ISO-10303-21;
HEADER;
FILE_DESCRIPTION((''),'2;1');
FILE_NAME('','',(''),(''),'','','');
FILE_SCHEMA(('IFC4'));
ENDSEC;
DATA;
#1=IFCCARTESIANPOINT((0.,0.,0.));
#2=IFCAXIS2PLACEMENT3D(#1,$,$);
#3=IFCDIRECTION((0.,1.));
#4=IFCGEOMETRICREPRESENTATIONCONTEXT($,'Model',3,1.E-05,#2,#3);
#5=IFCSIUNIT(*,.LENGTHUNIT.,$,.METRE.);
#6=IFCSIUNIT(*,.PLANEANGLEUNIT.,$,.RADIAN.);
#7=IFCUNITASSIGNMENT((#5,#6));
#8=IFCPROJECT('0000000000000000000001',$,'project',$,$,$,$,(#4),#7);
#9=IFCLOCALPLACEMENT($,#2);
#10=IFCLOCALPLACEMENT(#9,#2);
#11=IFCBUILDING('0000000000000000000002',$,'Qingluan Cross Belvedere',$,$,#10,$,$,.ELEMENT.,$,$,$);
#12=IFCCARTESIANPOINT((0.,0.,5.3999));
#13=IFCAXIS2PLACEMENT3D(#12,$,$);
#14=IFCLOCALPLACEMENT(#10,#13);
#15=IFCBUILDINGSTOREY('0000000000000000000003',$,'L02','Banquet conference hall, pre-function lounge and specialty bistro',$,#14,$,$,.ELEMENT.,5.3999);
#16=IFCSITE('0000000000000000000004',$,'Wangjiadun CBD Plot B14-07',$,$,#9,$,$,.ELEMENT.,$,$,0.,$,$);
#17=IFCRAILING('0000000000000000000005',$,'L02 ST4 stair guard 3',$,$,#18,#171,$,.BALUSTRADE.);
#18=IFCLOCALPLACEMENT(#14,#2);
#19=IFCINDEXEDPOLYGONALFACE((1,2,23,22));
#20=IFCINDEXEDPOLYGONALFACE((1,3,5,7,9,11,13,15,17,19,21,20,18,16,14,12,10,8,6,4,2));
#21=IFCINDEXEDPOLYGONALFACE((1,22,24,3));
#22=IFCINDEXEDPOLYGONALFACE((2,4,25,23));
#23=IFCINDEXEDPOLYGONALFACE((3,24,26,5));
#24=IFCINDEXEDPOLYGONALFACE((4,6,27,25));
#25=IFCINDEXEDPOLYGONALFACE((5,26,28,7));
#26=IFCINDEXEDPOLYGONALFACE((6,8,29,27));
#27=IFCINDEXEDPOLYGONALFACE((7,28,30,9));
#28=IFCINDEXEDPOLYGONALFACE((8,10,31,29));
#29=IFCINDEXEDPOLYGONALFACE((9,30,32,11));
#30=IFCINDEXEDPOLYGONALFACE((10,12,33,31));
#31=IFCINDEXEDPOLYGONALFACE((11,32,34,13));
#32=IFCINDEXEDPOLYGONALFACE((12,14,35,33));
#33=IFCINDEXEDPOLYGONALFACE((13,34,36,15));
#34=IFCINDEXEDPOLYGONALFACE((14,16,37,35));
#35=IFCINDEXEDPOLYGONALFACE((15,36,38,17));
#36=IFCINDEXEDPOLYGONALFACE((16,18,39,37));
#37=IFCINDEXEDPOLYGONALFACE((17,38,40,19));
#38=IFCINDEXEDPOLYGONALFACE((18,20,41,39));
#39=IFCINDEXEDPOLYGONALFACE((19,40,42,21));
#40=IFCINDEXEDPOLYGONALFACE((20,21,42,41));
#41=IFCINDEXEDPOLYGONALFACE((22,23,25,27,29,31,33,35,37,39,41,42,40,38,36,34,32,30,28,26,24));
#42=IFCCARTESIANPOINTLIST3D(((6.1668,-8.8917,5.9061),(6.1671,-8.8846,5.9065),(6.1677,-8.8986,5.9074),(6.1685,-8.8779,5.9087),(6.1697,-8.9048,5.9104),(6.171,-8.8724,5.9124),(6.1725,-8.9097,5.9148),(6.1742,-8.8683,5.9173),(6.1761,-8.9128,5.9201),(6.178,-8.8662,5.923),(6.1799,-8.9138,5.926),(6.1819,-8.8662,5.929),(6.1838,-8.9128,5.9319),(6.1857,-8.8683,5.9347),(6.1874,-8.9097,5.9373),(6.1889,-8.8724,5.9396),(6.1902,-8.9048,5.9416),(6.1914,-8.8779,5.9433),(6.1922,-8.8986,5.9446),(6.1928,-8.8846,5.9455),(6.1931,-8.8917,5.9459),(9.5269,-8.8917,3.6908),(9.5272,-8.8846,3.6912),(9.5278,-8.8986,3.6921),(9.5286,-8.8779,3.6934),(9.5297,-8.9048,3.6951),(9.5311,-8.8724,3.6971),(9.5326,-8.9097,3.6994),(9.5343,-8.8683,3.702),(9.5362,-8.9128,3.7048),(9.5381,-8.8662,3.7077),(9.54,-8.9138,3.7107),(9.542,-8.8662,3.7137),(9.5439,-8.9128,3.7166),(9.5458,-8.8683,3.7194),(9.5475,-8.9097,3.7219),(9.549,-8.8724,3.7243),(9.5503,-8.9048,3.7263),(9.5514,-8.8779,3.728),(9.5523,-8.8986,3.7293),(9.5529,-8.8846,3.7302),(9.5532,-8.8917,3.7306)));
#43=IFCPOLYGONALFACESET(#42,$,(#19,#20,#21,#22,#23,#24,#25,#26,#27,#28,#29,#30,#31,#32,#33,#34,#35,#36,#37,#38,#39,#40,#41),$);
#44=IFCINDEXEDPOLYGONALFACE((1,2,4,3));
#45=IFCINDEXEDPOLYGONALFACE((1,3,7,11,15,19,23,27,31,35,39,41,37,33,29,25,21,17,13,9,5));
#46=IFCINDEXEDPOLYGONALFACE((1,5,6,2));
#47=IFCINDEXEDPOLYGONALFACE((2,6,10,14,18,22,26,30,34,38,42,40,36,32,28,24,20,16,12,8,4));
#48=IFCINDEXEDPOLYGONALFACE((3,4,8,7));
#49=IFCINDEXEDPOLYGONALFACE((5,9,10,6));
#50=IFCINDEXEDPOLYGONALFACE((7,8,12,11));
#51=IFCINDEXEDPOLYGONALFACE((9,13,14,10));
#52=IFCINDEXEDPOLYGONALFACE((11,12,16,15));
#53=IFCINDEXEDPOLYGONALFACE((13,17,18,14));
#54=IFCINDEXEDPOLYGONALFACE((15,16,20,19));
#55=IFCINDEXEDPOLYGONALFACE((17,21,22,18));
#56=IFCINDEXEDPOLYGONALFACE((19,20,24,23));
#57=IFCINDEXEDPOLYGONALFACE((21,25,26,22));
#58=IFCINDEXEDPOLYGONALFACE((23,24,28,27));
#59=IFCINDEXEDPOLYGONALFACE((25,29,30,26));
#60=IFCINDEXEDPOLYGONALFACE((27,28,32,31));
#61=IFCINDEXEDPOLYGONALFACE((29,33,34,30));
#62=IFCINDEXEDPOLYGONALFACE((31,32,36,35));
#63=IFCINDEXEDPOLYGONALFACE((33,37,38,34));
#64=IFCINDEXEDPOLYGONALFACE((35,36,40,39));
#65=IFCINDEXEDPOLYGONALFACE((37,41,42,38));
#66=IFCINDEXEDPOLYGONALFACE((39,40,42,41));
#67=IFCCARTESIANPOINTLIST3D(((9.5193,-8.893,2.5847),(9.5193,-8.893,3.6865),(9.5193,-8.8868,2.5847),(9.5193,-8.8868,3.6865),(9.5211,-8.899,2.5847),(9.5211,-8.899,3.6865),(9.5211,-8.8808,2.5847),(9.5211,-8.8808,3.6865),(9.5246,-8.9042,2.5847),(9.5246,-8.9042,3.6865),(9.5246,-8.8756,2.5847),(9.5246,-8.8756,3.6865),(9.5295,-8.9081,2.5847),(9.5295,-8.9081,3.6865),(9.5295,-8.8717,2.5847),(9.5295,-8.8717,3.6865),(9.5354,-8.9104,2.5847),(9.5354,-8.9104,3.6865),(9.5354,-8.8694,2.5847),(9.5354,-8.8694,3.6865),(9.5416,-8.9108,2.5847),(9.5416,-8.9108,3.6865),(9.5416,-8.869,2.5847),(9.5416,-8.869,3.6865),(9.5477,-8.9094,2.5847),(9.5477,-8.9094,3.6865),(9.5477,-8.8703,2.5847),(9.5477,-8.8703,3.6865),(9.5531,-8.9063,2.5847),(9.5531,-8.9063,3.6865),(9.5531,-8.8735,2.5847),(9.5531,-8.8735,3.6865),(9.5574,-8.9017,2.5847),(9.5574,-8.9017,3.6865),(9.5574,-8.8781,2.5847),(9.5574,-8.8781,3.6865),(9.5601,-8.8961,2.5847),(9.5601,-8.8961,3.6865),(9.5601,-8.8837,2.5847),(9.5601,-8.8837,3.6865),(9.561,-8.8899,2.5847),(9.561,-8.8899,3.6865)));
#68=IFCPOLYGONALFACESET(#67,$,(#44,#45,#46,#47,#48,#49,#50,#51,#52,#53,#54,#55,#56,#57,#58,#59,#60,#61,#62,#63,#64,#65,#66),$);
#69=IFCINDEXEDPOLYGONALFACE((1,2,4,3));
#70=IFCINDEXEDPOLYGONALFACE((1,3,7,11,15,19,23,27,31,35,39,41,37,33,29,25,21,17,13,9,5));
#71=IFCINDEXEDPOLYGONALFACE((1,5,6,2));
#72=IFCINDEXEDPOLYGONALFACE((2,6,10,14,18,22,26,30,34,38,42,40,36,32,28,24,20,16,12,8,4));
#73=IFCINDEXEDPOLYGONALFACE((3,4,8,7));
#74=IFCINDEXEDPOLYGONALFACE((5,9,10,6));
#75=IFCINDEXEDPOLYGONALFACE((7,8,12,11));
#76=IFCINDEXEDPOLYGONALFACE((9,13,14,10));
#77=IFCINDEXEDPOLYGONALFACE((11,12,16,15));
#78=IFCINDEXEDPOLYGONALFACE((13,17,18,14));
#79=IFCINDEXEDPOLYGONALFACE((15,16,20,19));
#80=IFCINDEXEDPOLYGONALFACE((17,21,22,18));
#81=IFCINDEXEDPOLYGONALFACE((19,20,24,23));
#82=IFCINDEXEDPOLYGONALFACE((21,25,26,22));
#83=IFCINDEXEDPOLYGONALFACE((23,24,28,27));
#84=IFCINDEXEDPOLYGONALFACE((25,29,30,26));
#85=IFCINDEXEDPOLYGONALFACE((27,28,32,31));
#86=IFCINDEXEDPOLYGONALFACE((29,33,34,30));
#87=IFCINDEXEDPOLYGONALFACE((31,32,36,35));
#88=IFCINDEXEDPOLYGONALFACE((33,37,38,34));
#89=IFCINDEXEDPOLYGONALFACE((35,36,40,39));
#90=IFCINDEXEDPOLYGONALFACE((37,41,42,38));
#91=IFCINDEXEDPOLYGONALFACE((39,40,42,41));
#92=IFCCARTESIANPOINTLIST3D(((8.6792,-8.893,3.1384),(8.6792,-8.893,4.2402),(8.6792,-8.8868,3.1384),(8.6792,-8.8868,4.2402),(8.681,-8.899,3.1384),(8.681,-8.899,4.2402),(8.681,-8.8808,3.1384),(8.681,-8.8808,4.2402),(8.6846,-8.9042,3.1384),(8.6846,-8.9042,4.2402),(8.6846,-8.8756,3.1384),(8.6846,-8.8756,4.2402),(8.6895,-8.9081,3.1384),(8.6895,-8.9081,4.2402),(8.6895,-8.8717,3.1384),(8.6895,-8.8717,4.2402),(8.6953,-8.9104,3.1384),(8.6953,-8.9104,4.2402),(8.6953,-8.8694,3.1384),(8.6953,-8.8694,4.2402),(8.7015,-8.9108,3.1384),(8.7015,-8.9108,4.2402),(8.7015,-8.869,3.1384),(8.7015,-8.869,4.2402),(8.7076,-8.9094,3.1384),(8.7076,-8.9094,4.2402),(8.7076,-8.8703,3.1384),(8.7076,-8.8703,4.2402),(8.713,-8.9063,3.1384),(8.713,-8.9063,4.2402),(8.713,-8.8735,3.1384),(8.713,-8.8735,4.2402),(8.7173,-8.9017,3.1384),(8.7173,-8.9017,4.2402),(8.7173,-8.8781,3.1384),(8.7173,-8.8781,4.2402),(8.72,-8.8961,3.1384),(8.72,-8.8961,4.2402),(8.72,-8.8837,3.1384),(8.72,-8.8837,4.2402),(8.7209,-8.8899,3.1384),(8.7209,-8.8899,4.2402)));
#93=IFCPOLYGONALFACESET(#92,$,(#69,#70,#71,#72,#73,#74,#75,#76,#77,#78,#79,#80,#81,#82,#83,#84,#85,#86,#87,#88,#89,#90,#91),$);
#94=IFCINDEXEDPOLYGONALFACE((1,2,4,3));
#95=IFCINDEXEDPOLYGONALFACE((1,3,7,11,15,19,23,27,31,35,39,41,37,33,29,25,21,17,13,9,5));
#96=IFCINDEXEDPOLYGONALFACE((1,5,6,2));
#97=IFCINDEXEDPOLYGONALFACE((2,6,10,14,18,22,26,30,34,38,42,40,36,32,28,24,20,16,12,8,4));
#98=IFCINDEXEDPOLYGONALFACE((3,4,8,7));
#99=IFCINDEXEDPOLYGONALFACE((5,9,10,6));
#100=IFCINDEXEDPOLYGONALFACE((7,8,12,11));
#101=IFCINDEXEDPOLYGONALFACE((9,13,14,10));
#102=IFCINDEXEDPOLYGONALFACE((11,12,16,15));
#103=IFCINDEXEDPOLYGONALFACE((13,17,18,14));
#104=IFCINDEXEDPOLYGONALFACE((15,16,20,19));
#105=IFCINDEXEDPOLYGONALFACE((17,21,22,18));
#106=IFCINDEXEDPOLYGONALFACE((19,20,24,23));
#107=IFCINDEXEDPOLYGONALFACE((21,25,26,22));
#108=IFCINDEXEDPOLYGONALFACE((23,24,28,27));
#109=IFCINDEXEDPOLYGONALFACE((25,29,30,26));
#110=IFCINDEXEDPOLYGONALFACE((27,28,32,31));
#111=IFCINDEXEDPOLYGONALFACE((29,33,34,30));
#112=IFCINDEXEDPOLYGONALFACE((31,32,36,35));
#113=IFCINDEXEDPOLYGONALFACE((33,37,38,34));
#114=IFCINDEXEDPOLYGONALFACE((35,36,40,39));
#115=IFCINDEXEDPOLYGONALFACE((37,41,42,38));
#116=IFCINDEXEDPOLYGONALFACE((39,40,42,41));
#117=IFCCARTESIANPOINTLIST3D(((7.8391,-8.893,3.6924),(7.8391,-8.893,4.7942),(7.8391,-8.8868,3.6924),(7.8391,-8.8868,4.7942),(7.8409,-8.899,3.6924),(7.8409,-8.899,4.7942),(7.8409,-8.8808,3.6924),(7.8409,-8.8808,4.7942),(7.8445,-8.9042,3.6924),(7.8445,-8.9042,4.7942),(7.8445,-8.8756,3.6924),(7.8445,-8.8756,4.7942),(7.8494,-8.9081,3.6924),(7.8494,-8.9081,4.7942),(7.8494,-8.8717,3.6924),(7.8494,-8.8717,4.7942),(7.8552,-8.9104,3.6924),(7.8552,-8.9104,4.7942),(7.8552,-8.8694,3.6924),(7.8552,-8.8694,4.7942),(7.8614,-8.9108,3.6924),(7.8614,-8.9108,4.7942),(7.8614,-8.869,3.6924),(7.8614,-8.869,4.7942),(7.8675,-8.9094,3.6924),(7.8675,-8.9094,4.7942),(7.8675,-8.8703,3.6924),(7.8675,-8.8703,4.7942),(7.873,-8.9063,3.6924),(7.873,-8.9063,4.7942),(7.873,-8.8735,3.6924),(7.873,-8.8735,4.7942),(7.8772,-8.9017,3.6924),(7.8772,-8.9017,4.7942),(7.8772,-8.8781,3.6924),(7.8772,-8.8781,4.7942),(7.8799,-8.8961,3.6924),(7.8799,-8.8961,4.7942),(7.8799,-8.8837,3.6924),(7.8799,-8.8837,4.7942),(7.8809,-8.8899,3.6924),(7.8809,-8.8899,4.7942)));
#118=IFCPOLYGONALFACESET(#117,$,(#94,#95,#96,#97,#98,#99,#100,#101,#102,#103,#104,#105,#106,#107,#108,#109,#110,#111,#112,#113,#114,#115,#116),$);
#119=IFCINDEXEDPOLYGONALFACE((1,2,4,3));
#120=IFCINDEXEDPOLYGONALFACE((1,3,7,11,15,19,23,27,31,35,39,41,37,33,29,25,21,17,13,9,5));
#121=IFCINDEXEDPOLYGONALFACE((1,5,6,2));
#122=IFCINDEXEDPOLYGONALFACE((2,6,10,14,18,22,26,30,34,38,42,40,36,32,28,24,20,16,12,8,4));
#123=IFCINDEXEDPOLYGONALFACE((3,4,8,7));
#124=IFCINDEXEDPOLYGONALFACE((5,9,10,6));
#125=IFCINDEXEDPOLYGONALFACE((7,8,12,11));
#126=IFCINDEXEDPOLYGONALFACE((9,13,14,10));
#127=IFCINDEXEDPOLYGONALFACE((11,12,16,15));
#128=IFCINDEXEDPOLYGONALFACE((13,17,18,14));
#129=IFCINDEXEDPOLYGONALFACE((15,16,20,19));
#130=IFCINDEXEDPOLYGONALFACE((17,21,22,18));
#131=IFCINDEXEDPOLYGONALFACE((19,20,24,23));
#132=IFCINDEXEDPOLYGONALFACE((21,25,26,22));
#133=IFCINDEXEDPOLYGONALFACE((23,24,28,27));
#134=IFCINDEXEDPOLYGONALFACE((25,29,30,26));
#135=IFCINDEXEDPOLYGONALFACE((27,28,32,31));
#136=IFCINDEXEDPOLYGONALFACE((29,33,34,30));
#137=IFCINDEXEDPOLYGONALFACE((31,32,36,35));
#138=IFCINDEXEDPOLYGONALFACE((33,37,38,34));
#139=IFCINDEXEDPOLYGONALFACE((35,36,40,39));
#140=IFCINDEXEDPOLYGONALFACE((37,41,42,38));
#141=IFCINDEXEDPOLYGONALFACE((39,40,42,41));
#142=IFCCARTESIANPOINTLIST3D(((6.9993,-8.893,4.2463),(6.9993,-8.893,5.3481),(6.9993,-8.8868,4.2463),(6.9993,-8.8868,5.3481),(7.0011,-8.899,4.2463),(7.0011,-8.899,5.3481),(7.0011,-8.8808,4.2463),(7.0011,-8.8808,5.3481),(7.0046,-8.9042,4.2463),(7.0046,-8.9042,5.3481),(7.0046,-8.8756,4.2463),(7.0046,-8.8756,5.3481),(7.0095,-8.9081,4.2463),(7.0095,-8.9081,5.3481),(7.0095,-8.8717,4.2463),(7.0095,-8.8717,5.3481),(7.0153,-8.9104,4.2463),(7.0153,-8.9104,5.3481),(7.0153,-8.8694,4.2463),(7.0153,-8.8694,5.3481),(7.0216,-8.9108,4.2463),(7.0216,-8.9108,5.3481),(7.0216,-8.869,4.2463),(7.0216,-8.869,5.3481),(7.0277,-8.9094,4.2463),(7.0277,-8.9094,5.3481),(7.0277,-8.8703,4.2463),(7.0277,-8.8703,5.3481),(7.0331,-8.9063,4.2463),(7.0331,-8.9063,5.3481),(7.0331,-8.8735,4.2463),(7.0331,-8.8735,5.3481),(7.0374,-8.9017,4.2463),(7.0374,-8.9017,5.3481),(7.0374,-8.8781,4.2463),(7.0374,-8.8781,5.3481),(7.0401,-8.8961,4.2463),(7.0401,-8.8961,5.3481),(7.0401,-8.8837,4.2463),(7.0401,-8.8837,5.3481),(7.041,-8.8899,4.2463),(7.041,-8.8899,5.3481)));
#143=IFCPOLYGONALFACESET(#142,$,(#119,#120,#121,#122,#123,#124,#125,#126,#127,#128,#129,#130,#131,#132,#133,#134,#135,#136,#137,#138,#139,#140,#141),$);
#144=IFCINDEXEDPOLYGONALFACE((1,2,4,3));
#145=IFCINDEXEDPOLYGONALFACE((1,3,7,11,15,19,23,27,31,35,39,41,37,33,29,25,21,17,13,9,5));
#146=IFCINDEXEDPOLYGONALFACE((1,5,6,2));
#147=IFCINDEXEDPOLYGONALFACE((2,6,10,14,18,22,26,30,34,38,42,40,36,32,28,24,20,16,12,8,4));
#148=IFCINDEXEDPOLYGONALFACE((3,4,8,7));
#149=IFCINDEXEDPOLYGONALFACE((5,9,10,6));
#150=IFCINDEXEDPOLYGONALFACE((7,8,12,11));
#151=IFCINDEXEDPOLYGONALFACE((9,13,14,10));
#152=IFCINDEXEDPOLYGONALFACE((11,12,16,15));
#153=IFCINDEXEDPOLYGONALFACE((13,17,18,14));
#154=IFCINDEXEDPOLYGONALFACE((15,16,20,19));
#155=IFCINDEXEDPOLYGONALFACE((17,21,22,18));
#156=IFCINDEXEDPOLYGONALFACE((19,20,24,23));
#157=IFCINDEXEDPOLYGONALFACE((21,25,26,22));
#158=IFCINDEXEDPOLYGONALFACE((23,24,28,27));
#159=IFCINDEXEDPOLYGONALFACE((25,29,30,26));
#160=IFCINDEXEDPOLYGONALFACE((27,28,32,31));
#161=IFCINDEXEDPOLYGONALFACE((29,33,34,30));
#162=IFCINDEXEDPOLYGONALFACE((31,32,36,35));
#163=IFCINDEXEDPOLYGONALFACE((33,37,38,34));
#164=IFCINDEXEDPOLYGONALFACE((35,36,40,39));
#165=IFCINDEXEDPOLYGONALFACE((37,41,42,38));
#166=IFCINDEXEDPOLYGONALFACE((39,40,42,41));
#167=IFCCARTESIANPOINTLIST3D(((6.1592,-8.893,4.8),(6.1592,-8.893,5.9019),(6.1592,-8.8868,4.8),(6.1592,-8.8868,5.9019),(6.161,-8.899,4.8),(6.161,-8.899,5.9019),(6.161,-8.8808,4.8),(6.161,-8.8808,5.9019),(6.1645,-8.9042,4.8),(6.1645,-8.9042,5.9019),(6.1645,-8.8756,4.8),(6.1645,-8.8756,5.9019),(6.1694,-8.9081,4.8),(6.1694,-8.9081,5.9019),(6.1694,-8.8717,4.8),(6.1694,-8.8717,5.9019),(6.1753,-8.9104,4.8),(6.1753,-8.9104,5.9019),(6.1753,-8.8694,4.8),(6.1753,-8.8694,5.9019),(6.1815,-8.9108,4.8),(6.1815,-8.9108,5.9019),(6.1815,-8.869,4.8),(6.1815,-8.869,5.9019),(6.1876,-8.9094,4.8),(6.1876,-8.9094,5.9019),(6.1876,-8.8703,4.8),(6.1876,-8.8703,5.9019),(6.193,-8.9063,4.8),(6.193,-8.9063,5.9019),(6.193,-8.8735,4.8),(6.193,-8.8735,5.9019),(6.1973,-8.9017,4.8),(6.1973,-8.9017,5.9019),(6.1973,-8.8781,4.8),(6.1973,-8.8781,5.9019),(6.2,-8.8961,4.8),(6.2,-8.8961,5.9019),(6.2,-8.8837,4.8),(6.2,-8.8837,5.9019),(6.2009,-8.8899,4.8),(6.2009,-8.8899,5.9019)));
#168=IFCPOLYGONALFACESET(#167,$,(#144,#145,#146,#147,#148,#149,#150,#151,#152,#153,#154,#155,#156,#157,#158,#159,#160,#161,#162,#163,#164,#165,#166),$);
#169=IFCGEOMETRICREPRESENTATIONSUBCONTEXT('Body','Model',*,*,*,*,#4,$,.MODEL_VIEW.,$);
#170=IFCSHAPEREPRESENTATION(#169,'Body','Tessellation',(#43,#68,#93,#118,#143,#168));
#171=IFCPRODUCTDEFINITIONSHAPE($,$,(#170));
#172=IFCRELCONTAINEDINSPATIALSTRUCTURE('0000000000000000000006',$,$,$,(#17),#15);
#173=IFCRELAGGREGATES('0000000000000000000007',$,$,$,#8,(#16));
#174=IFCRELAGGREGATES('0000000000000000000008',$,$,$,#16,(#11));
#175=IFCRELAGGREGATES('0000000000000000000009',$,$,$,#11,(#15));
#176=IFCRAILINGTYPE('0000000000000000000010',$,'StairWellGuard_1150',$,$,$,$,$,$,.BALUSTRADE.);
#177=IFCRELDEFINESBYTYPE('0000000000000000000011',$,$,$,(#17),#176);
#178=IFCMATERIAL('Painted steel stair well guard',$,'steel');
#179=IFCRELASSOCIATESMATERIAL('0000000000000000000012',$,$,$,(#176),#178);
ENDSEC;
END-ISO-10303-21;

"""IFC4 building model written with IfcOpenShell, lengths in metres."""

from ifc_helpers import new_model, si_unit, direction, frame, origin, origin_2d, place, context, subcontext, project, spatial, circle, extrude, material, type_object, element, save


model = new_model("IFC4")

# Units and contexts
model_context = context("Model", 3, precision=1e-05, world=origin(), true_north=direction((0.0, 1.0)))
body_context = subcontext(model_context, "Body", "Model", "MODEL_VIEW")
ifc_project = project(units=[si_unit("LENGTHUNIT", "METRE"), si_unit("PLANEANGLEUNIT", "RADIAN")], contexts=[model_context])

# Site, building, storey
site_placement = place(None, origin())
site = spatial("IfcSite", under=ifc_project, at=site_placement, Name="Wangjiadun CBD Plot B14-07", CompositionType="ELEMENT", RefElevation=0.0)
building_placement = place(site_placement, origin())
building = spatial("IfcBuilding", under=site, at=building_placement, Name="Qingluan Cross Belvedere", CompositionType="ELEMENT")
storey_placement = place(building_placement, frame((0.0, 0.0, 5.3999)))
storey = spatial("IfcBuildingStorey", under=building, at=storey_placement, Name="L02", Description="Banquet conference hall, pre-function lounge and specialty bistro", CompositionType="ELEMENT", Elevation=5.3999)

# Railing
ifc_material_1 = material(Name="Painted steel stair well guard", Category="steel")
railing_type_1 = type_object("IfcRailingType", Name="StairWellGuard_1150", PredefinedType="BALUSTRADE", material=ifc_material_1)
railing_1_placement = place(storey_placement, frame((9.54, -8.8899, 2.5847)))
element("IfcRailing", 1, at=railing_1_placement, inside=storey, type_object=railing_type_1, Name="L02 ST4 stair guard 3", PredefinedType="BALUSTRADE", context=body_context, shape_type="SweptSolid", body=[
    extrude(circle(Radius=0.0239, at=origin_2d()), frame((0.0, 0.0, 1.126), z_axis=(-0.834876, 0.0, 0.550437), x_axis=(0.0, -1.0, 0.0)), (0.0, 0.0, 1.0), 4.0247),
    extrude(circle(Radius=0.021, at=origin_2d()), origin(), (0.0, 0.0, 1.0), 1.1018),
    extrude(circle(Radius=0.021, at=origin_2d()), frame((-0.8401, 0.0, 0.5537)), (0.0, 0.0, 1.0), 1.1018),
    extrude(circle(Radius=0.021, at=origin_2d()), frame((-1.6802, 0.0, 1.1077)), (0.0, 0.0, 1.0), 1.1018),
    extrude(circle(Radius=0.021, at=origin_2d()), frame((-2.52, 0.0, 1.6616)), (0.0, 0.0, 1.0), 1.1018),
    extrude(circle(Radius=0.021, at=origin_2d()), frame((-3.3601, 0.0, 2.2153)), (0.0, 0.0, 1.0), 1.1018),
])

save(model, "model.ifc")
